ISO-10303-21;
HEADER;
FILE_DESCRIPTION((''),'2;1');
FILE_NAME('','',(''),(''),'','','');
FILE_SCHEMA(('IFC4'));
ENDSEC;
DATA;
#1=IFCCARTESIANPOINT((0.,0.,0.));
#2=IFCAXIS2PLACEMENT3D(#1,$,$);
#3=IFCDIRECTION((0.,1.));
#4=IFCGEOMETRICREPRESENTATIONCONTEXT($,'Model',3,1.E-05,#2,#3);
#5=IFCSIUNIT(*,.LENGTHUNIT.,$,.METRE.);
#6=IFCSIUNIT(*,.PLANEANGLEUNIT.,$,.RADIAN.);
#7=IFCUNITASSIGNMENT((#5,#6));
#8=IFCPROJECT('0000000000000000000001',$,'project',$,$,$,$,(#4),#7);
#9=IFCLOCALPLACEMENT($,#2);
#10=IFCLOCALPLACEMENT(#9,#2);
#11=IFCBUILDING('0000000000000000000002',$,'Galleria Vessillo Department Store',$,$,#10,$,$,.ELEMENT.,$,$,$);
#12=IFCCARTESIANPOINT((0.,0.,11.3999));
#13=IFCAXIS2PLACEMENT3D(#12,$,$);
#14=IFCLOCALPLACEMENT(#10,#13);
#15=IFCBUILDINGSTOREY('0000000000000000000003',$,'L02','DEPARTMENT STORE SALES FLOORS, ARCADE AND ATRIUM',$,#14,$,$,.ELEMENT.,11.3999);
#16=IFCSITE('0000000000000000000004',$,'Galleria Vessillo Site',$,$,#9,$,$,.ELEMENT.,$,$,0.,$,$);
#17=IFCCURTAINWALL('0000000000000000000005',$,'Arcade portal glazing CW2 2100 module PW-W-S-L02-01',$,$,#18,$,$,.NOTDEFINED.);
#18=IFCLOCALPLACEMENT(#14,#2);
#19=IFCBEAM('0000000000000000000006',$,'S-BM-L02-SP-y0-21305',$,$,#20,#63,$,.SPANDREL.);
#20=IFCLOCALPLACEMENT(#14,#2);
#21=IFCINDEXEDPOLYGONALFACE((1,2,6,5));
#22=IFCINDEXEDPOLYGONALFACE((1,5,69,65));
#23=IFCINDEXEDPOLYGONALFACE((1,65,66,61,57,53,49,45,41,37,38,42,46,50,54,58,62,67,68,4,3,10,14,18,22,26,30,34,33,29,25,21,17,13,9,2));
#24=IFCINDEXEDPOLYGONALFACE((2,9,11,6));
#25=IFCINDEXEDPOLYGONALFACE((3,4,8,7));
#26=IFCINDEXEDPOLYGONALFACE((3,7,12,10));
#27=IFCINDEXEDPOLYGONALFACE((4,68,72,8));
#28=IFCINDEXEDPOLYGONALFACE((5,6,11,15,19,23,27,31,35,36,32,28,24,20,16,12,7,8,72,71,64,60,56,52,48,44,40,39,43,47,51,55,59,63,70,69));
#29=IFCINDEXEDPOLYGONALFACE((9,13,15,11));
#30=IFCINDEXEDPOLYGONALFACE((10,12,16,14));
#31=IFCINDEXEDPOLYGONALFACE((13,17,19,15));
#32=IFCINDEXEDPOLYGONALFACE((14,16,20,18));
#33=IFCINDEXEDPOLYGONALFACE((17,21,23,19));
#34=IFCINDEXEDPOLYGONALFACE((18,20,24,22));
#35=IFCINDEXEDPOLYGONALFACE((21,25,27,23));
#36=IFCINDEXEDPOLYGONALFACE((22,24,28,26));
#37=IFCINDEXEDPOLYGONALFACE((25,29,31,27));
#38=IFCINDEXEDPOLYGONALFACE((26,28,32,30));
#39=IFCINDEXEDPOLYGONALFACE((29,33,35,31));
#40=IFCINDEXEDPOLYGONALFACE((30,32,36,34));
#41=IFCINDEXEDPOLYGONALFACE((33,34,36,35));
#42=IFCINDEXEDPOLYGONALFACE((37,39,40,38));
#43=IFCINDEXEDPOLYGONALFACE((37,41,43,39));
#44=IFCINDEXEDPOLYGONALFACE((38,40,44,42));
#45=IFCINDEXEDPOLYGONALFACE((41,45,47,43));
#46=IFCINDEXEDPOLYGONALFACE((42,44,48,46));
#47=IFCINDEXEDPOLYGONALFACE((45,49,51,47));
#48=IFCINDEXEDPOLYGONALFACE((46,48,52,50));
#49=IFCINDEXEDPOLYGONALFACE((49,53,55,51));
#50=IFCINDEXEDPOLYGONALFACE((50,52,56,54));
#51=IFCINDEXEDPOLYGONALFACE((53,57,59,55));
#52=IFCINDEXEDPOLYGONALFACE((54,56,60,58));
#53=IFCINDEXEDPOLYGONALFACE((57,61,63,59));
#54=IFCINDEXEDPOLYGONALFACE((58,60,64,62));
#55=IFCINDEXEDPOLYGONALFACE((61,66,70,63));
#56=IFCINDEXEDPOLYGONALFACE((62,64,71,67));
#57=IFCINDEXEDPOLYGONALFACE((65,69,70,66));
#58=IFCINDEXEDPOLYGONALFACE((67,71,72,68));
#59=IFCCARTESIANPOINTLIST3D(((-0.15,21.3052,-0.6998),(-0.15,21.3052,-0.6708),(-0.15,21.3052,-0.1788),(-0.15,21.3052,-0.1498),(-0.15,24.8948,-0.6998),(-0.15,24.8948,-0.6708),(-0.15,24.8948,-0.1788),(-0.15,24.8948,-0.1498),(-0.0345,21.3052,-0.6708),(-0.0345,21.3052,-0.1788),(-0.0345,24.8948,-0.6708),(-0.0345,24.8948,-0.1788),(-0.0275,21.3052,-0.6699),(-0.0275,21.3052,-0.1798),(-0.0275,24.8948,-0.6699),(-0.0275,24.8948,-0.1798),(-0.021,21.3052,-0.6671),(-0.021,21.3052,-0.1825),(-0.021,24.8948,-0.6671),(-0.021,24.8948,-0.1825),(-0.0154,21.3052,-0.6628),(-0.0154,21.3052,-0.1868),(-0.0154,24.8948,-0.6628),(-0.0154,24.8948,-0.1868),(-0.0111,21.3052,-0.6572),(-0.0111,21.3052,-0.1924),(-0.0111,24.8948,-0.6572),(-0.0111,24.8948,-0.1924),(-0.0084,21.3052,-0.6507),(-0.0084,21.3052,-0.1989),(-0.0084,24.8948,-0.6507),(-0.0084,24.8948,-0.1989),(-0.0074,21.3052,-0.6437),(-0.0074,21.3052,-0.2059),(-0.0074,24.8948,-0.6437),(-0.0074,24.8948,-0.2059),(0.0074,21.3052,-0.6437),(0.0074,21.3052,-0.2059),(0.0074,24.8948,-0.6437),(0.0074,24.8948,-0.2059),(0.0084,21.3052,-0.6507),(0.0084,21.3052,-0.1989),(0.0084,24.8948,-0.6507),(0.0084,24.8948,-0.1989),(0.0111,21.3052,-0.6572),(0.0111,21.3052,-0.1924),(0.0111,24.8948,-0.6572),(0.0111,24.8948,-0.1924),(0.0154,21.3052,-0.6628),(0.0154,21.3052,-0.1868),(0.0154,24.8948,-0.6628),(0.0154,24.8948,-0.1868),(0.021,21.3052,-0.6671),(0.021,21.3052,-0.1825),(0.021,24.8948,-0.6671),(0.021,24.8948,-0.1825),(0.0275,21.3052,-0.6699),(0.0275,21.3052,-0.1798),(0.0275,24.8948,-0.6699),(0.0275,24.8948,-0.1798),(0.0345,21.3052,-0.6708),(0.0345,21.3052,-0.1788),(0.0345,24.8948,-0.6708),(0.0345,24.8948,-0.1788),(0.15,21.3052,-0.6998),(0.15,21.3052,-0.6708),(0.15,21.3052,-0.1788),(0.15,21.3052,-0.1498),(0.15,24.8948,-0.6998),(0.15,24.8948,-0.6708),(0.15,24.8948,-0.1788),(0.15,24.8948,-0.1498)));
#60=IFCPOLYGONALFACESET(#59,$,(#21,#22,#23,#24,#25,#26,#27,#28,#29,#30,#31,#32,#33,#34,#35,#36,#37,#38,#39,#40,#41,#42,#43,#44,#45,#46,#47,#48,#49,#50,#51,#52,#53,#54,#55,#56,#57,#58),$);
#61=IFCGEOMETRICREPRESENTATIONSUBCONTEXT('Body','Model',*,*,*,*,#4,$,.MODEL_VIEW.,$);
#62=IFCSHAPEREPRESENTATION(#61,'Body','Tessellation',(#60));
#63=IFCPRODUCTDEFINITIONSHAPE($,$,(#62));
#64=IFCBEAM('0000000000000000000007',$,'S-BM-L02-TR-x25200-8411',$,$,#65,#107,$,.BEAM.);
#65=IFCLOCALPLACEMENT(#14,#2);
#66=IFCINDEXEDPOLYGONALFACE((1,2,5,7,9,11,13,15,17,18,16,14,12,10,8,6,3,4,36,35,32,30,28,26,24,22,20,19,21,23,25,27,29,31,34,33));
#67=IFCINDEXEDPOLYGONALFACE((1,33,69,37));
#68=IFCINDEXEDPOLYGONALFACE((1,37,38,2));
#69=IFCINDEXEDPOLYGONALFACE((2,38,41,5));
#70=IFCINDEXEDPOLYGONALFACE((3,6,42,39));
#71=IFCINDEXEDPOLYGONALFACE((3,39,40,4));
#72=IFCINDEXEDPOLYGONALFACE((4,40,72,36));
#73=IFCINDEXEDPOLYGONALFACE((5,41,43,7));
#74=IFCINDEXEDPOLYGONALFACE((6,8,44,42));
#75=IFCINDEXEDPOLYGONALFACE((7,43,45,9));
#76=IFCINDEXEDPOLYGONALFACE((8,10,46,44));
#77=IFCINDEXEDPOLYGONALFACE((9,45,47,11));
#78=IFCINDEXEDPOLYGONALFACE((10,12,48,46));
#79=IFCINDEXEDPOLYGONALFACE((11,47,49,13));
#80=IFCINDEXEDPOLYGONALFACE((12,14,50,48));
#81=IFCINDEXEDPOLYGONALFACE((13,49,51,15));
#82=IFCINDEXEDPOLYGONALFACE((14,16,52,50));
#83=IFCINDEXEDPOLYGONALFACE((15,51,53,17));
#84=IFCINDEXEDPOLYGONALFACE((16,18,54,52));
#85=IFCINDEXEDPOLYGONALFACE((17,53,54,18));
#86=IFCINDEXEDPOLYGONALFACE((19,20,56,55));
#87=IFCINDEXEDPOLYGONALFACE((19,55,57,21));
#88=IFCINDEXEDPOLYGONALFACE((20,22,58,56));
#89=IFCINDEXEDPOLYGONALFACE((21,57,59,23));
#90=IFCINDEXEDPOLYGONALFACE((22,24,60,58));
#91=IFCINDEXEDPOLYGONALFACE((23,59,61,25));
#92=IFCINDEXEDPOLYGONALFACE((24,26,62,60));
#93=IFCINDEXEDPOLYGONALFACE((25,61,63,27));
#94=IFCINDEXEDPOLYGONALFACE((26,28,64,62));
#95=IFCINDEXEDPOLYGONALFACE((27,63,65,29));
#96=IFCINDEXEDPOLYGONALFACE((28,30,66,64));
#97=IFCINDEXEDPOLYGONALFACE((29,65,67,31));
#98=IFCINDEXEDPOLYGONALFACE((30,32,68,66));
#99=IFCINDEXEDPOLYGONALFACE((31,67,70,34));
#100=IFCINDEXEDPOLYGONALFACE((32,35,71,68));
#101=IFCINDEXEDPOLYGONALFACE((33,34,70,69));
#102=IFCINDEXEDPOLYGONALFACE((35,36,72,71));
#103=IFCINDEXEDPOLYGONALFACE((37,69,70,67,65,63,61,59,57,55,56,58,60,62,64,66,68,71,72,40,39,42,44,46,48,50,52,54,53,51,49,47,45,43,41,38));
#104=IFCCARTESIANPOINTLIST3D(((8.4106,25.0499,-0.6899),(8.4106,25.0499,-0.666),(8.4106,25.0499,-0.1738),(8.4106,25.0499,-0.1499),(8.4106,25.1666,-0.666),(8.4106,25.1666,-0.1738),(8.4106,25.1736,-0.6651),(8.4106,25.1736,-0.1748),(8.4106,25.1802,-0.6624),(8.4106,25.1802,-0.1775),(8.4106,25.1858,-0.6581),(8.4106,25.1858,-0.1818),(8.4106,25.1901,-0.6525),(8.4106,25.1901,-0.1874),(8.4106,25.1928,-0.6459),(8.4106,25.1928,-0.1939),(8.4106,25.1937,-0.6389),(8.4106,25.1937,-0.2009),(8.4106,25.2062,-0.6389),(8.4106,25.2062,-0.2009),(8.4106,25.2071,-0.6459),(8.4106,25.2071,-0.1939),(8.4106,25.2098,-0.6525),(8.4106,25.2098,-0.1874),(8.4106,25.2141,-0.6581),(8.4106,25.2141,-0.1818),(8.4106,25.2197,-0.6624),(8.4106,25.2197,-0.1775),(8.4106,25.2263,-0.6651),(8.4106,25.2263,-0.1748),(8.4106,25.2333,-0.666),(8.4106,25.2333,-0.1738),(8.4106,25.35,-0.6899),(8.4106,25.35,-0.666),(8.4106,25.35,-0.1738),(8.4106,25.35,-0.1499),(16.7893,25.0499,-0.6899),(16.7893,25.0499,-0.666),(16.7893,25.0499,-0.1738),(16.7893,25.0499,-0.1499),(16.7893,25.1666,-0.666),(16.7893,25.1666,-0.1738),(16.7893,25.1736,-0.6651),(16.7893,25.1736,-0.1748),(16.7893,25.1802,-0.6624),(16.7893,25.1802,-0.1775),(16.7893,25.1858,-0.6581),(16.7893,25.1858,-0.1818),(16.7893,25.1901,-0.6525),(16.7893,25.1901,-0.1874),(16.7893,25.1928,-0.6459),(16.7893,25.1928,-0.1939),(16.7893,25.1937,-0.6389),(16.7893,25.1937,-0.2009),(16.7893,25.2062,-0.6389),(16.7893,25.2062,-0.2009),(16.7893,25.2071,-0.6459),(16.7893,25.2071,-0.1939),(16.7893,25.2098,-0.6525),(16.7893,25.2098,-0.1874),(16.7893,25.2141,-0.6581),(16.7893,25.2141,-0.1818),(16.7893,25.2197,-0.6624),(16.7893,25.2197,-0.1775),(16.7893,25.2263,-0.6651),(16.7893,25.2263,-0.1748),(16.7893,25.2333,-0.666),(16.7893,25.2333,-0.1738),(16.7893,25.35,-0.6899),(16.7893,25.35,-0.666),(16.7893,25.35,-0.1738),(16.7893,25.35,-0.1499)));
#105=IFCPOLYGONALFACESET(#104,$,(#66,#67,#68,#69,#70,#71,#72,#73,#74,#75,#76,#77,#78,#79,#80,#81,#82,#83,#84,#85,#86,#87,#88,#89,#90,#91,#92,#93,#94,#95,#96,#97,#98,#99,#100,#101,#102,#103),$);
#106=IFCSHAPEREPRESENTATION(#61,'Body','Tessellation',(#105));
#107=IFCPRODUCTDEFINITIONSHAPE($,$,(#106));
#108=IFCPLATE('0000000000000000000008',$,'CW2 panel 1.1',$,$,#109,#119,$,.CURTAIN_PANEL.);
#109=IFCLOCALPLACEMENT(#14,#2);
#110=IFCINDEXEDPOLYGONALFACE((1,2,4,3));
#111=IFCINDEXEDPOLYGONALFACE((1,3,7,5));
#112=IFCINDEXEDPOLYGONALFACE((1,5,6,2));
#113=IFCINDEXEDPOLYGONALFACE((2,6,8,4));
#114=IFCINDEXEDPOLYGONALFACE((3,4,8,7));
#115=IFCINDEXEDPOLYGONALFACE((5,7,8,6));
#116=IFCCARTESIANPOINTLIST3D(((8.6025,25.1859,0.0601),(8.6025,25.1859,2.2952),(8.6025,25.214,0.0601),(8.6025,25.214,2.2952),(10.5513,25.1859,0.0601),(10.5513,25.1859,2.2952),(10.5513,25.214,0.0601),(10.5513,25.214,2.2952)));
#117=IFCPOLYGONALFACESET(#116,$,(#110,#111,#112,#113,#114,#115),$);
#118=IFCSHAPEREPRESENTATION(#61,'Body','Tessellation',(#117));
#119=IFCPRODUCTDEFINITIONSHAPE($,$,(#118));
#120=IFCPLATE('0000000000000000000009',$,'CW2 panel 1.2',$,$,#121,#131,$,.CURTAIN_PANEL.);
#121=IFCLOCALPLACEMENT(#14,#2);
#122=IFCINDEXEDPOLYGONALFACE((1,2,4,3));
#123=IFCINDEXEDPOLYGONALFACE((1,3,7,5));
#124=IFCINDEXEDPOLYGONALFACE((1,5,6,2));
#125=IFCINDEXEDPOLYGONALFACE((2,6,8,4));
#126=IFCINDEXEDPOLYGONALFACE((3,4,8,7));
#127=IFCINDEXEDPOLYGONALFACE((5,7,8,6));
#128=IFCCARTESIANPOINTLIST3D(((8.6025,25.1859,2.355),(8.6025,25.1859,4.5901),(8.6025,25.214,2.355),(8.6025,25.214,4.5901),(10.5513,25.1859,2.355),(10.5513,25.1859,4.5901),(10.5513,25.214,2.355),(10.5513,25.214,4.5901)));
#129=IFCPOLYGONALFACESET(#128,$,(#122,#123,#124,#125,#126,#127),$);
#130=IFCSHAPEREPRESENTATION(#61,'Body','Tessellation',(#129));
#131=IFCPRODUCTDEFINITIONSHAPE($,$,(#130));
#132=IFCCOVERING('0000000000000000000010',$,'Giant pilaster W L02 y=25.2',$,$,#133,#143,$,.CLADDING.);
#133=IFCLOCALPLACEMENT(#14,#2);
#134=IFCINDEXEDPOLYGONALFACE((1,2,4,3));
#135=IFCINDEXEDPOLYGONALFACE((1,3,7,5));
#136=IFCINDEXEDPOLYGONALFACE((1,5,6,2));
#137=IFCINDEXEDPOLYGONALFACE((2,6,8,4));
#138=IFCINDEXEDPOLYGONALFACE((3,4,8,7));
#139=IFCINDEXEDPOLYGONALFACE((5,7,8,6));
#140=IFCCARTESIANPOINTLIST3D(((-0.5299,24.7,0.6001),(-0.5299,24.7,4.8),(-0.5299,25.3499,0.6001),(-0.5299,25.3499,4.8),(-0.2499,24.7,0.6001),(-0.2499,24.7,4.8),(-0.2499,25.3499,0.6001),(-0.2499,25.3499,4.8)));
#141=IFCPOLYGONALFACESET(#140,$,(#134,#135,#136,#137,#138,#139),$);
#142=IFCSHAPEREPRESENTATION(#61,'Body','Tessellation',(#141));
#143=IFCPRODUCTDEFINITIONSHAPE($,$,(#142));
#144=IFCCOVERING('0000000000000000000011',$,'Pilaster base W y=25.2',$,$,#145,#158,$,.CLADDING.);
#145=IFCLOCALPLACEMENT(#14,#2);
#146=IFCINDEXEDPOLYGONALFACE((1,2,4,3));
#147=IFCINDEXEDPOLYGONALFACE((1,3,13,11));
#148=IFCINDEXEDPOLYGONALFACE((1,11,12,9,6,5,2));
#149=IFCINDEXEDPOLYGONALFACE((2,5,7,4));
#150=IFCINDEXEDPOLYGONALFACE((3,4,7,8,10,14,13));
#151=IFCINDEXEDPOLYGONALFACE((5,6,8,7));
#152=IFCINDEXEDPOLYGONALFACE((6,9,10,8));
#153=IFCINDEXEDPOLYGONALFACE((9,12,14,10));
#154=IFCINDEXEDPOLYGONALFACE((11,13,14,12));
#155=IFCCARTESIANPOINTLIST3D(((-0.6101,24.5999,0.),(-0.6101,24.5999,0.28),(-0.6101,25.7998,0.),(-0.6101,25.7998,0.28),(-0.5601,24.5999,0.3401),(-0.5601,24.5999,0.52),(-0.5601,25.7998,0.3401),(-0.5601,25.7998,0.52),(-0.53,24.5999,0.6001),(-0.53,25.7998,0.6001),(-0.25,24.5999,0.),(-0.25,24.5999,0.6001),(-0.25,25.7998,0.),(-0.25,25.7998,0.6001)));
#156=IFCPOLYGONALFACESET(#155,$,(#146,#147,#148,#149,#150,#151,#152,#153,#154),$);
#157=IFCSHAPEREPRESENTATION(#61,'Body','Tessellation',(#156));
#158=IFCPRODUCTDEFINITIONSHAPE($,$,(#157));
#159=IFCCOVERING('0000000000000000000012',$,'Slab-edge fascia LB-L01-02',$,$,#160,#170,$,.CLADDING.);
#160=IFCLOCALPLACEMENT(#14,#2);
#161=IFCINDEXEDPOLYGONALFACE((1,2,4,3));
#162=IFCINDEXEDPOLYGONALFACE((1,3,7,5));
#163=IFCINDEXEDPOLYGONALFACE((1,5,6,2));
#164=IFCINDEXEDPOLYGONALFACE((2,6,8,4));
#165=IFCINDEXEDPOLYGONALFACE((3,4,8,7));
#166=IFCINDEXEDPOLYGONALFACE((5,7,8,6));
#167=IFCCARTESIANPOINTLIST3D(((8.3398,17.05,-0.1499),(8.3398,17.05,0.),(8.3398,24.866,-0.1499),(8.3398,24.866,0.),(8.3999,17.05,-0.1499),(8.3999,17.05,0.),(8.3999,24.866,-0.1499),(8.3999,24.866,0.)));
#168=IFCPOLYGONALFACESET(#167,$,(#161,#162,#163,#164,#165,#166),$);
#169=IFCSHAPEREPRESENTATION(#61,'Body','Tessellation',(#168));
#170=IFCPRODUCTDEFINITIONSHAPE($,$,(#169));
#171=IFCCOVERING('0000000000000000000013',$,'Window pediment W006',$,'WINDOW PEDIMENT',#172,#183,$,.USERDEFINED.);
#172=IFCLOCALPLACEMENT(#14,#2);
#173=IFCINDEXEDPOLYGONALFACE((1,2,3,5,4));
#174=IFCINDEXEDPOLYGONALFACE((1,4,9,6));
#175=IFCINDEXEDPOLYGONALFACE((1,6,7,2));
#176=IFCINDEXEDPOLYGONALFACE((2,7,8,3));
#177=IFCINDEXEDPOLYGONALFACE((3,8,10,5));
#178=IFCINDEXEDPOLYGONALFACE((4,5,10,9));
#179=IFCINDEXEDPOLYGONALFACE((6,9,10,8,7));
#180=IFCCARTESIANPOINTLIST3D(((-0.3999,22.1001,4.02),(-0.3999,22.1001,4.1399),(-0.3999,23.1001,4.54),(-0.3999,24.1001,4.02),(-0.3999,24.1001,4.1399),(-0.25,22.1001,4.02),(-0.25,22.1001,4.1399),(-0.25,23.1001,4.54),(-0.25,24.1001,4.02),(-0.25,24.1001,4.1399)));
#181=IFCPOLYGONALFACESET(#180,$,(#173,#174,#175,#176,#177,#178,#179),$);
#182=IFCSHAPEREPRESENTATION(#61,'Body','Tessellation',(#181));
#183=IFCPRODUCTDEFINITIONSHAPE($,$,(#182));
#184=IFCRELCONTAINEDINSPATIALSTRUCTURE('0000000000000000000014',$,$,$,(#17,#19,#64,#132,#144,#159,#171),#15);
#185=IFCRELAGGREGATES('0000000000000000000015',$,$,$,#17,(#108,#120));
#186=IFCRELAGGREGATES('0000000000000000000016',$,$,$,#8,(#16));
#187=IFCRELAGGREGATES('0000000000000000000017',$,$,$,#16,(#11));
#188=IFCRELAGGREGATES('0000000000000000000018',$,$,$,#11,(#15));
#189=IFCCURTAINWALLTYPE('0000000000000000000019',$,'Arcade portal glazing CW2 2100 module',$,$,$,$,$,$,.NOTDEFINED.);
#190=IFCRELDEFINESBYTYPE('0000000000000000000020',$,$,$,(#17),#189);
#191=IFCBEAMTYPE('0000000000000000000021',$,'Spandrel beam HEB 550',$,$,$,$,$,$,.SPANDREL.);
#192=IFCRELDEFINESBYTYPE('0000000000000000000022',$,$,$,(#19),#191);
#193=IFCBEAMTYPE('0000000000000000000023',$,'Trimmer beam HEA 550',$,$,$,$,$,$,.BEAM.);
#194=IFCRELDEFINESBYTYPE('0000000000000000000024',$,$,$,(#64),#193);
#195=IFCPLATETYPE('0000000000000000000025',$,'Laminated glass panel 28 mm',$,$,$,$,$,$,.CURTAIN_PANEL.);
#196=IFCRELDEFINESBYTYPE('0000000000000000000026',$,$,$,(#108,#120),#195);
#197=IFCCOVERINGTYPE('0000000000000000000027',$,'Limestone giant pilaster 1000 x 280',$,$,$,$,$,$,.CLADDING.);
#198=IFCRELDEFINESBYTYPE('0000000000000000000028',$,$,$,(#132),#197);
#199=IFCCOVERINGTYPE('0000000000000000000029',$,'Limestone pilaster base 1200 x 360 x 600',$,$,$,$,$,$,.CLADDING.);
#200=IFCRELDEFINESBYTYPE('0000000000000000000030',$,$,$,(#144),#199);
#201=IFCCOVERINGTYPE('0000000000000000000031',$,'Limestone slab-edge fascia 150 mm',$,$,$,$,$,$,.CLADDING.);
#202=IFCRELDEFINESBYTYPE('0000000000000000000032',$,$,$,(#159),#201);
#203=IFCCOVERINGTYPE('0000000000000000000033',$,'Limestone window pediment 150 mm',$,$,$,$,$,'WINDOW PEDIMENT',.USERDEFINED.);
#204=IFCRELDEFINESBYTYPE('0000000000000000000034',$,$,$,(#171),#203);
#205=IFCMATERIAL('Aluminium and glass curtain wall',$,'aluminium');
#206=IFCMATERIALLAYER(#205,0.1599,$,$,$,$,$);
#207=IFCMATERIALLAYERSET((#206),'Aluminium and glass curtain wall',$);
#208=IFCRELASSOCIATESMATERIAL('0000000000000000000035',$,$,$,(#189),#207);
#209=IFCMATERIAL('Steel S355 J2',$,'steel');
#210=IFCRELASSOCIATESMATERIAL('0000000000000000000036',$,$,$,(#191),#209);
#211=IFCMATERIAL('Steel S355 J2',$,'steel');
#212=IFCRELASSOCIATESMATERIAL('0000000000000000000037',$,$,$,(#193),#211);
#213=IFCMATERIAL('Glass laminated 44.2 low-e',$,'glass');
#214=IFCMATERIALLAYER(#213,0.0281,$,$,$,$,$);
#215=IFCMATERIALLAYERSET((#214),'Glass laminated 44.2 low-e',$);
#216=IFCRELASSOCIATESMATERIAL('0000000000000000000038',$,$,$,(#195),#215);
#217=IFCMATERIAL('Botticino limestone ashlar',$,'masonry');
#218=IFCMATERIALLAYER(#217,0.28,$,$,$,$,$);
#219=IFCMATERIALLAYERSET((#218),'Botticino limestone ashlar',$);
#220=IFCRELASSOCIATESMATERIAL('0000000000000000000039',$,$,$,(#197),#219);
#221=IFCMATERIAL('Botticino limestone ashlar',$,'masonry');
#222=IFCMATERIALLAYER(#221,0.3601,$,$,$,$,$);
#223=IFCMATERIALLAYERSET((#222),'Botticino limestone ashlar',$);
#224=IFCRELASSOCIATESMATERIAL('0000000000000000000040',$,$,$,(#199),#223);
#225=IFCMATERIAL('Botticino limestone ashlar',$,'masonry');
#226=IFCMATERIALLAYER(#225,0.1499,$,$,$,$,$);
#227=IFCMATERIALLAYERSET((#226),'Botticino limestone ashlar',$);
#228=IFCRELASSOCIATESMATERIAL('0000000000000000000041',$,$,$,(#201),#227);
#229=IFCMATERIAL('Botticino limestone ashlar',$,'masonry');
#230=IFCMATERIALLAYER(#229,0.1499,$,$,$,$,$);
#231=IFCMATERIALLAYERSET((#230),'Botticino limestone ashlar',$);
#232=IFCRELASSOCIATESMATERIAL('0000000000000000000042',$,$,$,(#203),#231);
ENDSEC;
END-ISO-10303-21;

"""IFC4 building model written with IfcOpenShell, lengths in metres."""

from ifc_helpers import new_model, si_unit, direction, frame, origin, origin_2d, place, context, subcontext, project, spatial, polyline, rectangle, i_section, outline, extrude, material, layer, layer_set, material_profile, profile_set, type_object, element, aggregate, save


model = new_model("IFC4")

# Units and contexts
model_context = context("Model", 3, precision=1e-05, world=origin(), true_north=direction((0.0, 1.0)))
body_context = subcontext(model_context, "Body", "Model", "MODEL_VIEW")
ifc_project = project(units=[si_unit("LENGTHUNIT", "METRE"), si_unit("PLANEANGLEUNIT", "RADIAN")], contexts=[model_context])

# Site, building, storey
site_placement = place(None, origin())
site = spatial("IfcSite", under=ifc_project, at=site_placement, Name="Galleria Vessillo Site", CompositionType="ELEMENT", RefElevation=0.0)
building_placement = place(site_placement, origin())
building = spatial("IfcBuilding", under=site, at=building_placement, Name="Galleria Vessillo Department Store", CompositionType="ELEMENT")
storey_placement = place(building_placement, frame((0.0, 0.0, 11.3999)))
storey = spatial("IfcBuildingStorey", under=building, at=storey_placement, Name="L02", Description="DEPARTMENT STORE SALES FLOORS, ARCADE AND ATRIUM", CompositionType="ELEMENT", Elevation=11.3999)

# Curtain wall
ifc_material_1 = material(Name="Aluminium and glass curtain wall", Category="aluminium")
ifc_layer_1 = layer(ifc_material_1, 0.1599)
ifc_layer_set_1 = layer_set([ifc_layer_1], Name="Aluminium and glass curtain wall")
curtain_wall_type = type_object("IfcCurtainWallType", Name="Arcade portal glazing CW2 2100 module", PredefinedType="NOTDEFINED", material=ifc_layer_set_1)
curtain_wall_placement = place(storey_placement, origin())
curtain_wall = element("IfcCurtainWall", 1, at=curtain_wall_placement, inside=storey, type_object=curtain_wall_type, Name="Arcade portal glazing CW2 2100 module PW-W-S-L02-01", PredefinedType="NOTDEFINED")

# Beams
ifc_material_2 = material(Name="Steel S355 J2", Category="steel")
ifc_material_profile_1 = material_profile(ifc_material_2, i_section(OverallWidth=0.3, OverallDepth=0.55, WebThickness=0.0149, FlangeThickness=0.0291, FilletRadius=0.0271, at=origin_2d()), Name="HEB 550")
ifc_profile_set_1 = profile_set([ifc_material_profile_1], Name="Steel S355 J2")
beam_type_1 = type_object("IfcBeamType", Name="Spandrel beam HEB 550", PredefinedType="SPANDREL", material=ifc_profile_set_1)
beam_1_placement = place(storey_placement, frame((0.0, 21.3052, -0.4248), z_axis=(0.0, 1.0, 0.0), x_axis=(-1.0, 0.0, 0.0)))
element("IfcBeam", 2, at=beam_1_placement, inside=storey, type_object=beam_type_1, Name="S-BM-L02-SP-y0-21305", PredefinedType="SPANDREL", context=body_context, shape_type="SweptSolid", body=[
    extrude(i_section(OverallWidth=0.3, OverallDepth=0.55, WebThickness=0.0149, FlangeThickness=0.0291, FilletRadius=0.0271, at=origin_2d()), origin(), (0.0, 0.0, 1.0), 3.5896),
])
ifc_material_3 = material(Name="Steel S355 J2", Category="steel")
ifc_material_profile_2 = material_profile(ifc_material_3, i_section(OverallWidth=0.3, OverallDepth=0.54, WebThickness=0.0125, FlangeThickness=0.0239, FilletRadius=0.0271, at=origin_2d()), Name="HEA 550")
ifc_profile_set_2 = profile_set([ifc_material_profile_2], Name="Steel S355 J2")
beam_type_2 = type_object("IfcBeamType", Name="Trimmer beam HEA 550", PredefinedType="BEAM", material=ifc_profile_set_2)
beam_2_placement = place(storey_placement, frame((8.4106, 25.2, -0.4199), z_axis=(1.0, 0.0, 0.0), x_axis=(0.0, 1.0, 0.0)))
element("IfcBeam", 3, at=beam_2_placement, inside=storey, type_object=beam_type_2, Name="S-BM-L02-TR-x25200-8411", PredefinedType="BEAM", context=body_context, shape_type="SweptSolid", body=[
    extrude(i_section(OverallWidth=0.3, OverallDepth=0.54, WebThickness=0.0125, FlangeThickness=0.0239, FilletRadius=0.0271, at=origin_2d()), origin(), (0.0, 0.0, 1.0), 8.3787),
])

# Plates
ifc_material_4 = material(Name="Glass laminated 44.2 low-e", Category="glass")
ifc_layer_2 = layer(ifc_material_4, 0.0281)
ifc_layer_set_2 = layer_set([ifc_layer_2], Name="Glass laminated 44.2 low-e")
plate_type = type_object("IfcPlateType", Name="Laminated glass panel 28 mm", PredefinedType="CURTAIN_PANEL", material=ifc_layer_set_2)
plate_1_placement = place(storey_placement, frame((9.5769, 25.2, 0.0601), z_axis=(0.0, 0.0, 1.0), x_axis=(1.0, 0.0, 0.0)))
plate_1 = element("IfcPlate", 4, at=plate_1_placement, type_object=plate_type, Name="CW2 panel 1.1", PredefinedType="CURTAIN_PANEL", context=body_context, shape_type="SweptSolid", body=[
    extrude(rectangle(XDim=1.9487, YDim=0.0281, at=origin_2d()), origin(), (0.0, 0.0, 1.0), 2.2351),
])
plate_2_placement = place(storey_placement, frame((9.5769, 25.2, 2.355), z_axis=(0.0, 0.0, 1.0), x_axis=(1.0, 0.0, 0.0)))
plate_2 = element("IfcPlate", 5, at=plate_2_placement, type_object=plate_type, Name="CW2 panel 1.2", PredefinedType="CURTAIN_PANEL", context=body_context, shape_type="SweptSolid", body=[
    extrude(rectangle(XDim=1.9487, YDim=0.0281, at=origin_2d()), origin(), (0.0, 0.0, 1.0), 2.2351),
])
aggregate(curtain_wall, [plate_1, plate_2])

# Coverings
ifc_material_5 = material(Name="Botticino limestone ashlar", Category="masonry")
ifc_layer_3 = layer(ifc_material_5, 0.28)
ifc_layer_set_3 = layer_set([ifc_layer_3], Name="Botticino limestone ashlar")
covering_type_1 = type_object("IfcCoveringType", Name="Limestone giant pilaster 1000 x 280", PredefinedType="CLADDING", material=ifc_layer_set_3)
covering_1_placement = place(storey_placement, frame((-0.3899, 25.0249, 0.6001), z_axis=(0.0, 0.0, 1.0), x_axis=(1.0, 0.0, 0.0)))
element("IfcCovering", 6, at=covering_1_placement, inside=storey, type_object=covering_type_1, Name="Giant pilaster W L02 y=25.2", PredefinedType="CLADDING", context=body_context, shape_type="SweptSolid", body=[
    extrude(rectangle(XDim=0.28, YDim=0.6499, at=origin_2d()), origin(), (0.0, 0.0, 1.0), 4.2),
])
ifc_material_6 = material(Name="Botticino limestone ashlar", Category="masonry")
ifc_layer_4 = layer(ifc_material_6, 0.3601)
ifc_layer_set_4 = layer_set([ifc_layer_4], Name="Botticino limestone ashlar")
covering_type_2 = type_object("IfcCoveringType", Name="Limestone pilaster base 1200 x 360 x 600", PredefinedType="CLADDING", material=ifc_layer_set_4)
covering_2_placement = place(storey_placement, frame((0.0, 24.5999, 0.0), z_axis=(0.0, 1.0, 0.0), x_axis=(-1.0, 0.0, 0.0)))
element("IfcCovering", 7, at=covering_2_placement, inside=storey, type_object=covering_type_2, Name="Pilaster base W y=25.2", PredefinedType="CLADDING", context=body_context, shape_type="SweptSolid", body=[
    extrude(outline(polyline([(0.25, 0.0), (0.6101, 0.0), (0.6101, 0.28), (0.5601, 0.3401), (0.5601, 0.52), (0.53, 0.6001), (0.25, 0.6001), (0.25, 0.0)])), origin(), (0.0, 0.0, 1.0), 1.2),
])
ifc_material_7 = material(Name="Botticino limestone ashlar", Category="masonry")
ifc_layer_5 = layer(ifc_material_7, 0.1499)
ifc_layer_set_5 = layer_set([ifc_layer_5], Name="Botticino limestone ashlar")
covering_type_3 = type_object("IfcCoveringType", Name="Limestone slab-edge fascia 150 mm", PredefinedType="CLADDING", material=ifc_layer_set_5)
covering_3_placement = place(storey_placement, frame((8.3699, 20.958, -0.1499), z_axis=(0.0, 0.0, 1.0), x_axis=(1.0, 0.0, 0.0)))
element("IfcCovering", 8, at=covering_3_placement, inside=storey, type_object=covering_type_3, Name="Slab-edge fascia LB-L01-02", PredefinedType="CLADDING", context=body_context, shape_type="SweptSolid", body=[
    extrude(rectangle(XDim=0.0601, YDim=7.8159, at=origin_2d()), origin(), (0.0, 0.0, 1.0), 0.1499),
])
ifc_material_8 = material(Name="Botticino limestone ashlar", Category="masonry")
ifc_layer_6 = layer(ifc_material_8, 0.1499)
ifc_layer_set_6 = layer_set([ifc_layer_6], Name="Botticino limestone ashlar")
covering_type_4 = type_object("IfcCoveringType", Name="Limestone window pediment 150 mm", ElementType="WINDOW PEDIMENT", PredefinedType="USERDEFINED", material=ifc_layer_set_6)
covering_4_placement = place(storey_placement, frame((-0.325, 22.1001, 4.02), z_axis=(0.0, 0.0, 1.0), x_axis=(0.0, 1.0, 0.0)))
element("IfcCovering", 9, at=covering_4_placement, inside=storey, type_object=covering_type_4, Name="Window pediment W006", ObjectType="WINDOW PEDIMENT", PredefinedType="USERDEFINED", context=body_context, shape_type="SweptSolid", body=[
    extrude(outline(polyline([(0.0, 0.0), (2.0, 0.0), (2.0, 0.1199), (1.0, 0.52), (0.0, 0.1199), (0.0, 0.0)])), frame((0.0, 0.075, 0.0), z_axis=(0.0, -1.0, 0.0), x_axis=(1.0, 0.0, 0.0)), (0.0, 0.0, 1.0), 0.1499),
])

save(model, "model.ifc")
